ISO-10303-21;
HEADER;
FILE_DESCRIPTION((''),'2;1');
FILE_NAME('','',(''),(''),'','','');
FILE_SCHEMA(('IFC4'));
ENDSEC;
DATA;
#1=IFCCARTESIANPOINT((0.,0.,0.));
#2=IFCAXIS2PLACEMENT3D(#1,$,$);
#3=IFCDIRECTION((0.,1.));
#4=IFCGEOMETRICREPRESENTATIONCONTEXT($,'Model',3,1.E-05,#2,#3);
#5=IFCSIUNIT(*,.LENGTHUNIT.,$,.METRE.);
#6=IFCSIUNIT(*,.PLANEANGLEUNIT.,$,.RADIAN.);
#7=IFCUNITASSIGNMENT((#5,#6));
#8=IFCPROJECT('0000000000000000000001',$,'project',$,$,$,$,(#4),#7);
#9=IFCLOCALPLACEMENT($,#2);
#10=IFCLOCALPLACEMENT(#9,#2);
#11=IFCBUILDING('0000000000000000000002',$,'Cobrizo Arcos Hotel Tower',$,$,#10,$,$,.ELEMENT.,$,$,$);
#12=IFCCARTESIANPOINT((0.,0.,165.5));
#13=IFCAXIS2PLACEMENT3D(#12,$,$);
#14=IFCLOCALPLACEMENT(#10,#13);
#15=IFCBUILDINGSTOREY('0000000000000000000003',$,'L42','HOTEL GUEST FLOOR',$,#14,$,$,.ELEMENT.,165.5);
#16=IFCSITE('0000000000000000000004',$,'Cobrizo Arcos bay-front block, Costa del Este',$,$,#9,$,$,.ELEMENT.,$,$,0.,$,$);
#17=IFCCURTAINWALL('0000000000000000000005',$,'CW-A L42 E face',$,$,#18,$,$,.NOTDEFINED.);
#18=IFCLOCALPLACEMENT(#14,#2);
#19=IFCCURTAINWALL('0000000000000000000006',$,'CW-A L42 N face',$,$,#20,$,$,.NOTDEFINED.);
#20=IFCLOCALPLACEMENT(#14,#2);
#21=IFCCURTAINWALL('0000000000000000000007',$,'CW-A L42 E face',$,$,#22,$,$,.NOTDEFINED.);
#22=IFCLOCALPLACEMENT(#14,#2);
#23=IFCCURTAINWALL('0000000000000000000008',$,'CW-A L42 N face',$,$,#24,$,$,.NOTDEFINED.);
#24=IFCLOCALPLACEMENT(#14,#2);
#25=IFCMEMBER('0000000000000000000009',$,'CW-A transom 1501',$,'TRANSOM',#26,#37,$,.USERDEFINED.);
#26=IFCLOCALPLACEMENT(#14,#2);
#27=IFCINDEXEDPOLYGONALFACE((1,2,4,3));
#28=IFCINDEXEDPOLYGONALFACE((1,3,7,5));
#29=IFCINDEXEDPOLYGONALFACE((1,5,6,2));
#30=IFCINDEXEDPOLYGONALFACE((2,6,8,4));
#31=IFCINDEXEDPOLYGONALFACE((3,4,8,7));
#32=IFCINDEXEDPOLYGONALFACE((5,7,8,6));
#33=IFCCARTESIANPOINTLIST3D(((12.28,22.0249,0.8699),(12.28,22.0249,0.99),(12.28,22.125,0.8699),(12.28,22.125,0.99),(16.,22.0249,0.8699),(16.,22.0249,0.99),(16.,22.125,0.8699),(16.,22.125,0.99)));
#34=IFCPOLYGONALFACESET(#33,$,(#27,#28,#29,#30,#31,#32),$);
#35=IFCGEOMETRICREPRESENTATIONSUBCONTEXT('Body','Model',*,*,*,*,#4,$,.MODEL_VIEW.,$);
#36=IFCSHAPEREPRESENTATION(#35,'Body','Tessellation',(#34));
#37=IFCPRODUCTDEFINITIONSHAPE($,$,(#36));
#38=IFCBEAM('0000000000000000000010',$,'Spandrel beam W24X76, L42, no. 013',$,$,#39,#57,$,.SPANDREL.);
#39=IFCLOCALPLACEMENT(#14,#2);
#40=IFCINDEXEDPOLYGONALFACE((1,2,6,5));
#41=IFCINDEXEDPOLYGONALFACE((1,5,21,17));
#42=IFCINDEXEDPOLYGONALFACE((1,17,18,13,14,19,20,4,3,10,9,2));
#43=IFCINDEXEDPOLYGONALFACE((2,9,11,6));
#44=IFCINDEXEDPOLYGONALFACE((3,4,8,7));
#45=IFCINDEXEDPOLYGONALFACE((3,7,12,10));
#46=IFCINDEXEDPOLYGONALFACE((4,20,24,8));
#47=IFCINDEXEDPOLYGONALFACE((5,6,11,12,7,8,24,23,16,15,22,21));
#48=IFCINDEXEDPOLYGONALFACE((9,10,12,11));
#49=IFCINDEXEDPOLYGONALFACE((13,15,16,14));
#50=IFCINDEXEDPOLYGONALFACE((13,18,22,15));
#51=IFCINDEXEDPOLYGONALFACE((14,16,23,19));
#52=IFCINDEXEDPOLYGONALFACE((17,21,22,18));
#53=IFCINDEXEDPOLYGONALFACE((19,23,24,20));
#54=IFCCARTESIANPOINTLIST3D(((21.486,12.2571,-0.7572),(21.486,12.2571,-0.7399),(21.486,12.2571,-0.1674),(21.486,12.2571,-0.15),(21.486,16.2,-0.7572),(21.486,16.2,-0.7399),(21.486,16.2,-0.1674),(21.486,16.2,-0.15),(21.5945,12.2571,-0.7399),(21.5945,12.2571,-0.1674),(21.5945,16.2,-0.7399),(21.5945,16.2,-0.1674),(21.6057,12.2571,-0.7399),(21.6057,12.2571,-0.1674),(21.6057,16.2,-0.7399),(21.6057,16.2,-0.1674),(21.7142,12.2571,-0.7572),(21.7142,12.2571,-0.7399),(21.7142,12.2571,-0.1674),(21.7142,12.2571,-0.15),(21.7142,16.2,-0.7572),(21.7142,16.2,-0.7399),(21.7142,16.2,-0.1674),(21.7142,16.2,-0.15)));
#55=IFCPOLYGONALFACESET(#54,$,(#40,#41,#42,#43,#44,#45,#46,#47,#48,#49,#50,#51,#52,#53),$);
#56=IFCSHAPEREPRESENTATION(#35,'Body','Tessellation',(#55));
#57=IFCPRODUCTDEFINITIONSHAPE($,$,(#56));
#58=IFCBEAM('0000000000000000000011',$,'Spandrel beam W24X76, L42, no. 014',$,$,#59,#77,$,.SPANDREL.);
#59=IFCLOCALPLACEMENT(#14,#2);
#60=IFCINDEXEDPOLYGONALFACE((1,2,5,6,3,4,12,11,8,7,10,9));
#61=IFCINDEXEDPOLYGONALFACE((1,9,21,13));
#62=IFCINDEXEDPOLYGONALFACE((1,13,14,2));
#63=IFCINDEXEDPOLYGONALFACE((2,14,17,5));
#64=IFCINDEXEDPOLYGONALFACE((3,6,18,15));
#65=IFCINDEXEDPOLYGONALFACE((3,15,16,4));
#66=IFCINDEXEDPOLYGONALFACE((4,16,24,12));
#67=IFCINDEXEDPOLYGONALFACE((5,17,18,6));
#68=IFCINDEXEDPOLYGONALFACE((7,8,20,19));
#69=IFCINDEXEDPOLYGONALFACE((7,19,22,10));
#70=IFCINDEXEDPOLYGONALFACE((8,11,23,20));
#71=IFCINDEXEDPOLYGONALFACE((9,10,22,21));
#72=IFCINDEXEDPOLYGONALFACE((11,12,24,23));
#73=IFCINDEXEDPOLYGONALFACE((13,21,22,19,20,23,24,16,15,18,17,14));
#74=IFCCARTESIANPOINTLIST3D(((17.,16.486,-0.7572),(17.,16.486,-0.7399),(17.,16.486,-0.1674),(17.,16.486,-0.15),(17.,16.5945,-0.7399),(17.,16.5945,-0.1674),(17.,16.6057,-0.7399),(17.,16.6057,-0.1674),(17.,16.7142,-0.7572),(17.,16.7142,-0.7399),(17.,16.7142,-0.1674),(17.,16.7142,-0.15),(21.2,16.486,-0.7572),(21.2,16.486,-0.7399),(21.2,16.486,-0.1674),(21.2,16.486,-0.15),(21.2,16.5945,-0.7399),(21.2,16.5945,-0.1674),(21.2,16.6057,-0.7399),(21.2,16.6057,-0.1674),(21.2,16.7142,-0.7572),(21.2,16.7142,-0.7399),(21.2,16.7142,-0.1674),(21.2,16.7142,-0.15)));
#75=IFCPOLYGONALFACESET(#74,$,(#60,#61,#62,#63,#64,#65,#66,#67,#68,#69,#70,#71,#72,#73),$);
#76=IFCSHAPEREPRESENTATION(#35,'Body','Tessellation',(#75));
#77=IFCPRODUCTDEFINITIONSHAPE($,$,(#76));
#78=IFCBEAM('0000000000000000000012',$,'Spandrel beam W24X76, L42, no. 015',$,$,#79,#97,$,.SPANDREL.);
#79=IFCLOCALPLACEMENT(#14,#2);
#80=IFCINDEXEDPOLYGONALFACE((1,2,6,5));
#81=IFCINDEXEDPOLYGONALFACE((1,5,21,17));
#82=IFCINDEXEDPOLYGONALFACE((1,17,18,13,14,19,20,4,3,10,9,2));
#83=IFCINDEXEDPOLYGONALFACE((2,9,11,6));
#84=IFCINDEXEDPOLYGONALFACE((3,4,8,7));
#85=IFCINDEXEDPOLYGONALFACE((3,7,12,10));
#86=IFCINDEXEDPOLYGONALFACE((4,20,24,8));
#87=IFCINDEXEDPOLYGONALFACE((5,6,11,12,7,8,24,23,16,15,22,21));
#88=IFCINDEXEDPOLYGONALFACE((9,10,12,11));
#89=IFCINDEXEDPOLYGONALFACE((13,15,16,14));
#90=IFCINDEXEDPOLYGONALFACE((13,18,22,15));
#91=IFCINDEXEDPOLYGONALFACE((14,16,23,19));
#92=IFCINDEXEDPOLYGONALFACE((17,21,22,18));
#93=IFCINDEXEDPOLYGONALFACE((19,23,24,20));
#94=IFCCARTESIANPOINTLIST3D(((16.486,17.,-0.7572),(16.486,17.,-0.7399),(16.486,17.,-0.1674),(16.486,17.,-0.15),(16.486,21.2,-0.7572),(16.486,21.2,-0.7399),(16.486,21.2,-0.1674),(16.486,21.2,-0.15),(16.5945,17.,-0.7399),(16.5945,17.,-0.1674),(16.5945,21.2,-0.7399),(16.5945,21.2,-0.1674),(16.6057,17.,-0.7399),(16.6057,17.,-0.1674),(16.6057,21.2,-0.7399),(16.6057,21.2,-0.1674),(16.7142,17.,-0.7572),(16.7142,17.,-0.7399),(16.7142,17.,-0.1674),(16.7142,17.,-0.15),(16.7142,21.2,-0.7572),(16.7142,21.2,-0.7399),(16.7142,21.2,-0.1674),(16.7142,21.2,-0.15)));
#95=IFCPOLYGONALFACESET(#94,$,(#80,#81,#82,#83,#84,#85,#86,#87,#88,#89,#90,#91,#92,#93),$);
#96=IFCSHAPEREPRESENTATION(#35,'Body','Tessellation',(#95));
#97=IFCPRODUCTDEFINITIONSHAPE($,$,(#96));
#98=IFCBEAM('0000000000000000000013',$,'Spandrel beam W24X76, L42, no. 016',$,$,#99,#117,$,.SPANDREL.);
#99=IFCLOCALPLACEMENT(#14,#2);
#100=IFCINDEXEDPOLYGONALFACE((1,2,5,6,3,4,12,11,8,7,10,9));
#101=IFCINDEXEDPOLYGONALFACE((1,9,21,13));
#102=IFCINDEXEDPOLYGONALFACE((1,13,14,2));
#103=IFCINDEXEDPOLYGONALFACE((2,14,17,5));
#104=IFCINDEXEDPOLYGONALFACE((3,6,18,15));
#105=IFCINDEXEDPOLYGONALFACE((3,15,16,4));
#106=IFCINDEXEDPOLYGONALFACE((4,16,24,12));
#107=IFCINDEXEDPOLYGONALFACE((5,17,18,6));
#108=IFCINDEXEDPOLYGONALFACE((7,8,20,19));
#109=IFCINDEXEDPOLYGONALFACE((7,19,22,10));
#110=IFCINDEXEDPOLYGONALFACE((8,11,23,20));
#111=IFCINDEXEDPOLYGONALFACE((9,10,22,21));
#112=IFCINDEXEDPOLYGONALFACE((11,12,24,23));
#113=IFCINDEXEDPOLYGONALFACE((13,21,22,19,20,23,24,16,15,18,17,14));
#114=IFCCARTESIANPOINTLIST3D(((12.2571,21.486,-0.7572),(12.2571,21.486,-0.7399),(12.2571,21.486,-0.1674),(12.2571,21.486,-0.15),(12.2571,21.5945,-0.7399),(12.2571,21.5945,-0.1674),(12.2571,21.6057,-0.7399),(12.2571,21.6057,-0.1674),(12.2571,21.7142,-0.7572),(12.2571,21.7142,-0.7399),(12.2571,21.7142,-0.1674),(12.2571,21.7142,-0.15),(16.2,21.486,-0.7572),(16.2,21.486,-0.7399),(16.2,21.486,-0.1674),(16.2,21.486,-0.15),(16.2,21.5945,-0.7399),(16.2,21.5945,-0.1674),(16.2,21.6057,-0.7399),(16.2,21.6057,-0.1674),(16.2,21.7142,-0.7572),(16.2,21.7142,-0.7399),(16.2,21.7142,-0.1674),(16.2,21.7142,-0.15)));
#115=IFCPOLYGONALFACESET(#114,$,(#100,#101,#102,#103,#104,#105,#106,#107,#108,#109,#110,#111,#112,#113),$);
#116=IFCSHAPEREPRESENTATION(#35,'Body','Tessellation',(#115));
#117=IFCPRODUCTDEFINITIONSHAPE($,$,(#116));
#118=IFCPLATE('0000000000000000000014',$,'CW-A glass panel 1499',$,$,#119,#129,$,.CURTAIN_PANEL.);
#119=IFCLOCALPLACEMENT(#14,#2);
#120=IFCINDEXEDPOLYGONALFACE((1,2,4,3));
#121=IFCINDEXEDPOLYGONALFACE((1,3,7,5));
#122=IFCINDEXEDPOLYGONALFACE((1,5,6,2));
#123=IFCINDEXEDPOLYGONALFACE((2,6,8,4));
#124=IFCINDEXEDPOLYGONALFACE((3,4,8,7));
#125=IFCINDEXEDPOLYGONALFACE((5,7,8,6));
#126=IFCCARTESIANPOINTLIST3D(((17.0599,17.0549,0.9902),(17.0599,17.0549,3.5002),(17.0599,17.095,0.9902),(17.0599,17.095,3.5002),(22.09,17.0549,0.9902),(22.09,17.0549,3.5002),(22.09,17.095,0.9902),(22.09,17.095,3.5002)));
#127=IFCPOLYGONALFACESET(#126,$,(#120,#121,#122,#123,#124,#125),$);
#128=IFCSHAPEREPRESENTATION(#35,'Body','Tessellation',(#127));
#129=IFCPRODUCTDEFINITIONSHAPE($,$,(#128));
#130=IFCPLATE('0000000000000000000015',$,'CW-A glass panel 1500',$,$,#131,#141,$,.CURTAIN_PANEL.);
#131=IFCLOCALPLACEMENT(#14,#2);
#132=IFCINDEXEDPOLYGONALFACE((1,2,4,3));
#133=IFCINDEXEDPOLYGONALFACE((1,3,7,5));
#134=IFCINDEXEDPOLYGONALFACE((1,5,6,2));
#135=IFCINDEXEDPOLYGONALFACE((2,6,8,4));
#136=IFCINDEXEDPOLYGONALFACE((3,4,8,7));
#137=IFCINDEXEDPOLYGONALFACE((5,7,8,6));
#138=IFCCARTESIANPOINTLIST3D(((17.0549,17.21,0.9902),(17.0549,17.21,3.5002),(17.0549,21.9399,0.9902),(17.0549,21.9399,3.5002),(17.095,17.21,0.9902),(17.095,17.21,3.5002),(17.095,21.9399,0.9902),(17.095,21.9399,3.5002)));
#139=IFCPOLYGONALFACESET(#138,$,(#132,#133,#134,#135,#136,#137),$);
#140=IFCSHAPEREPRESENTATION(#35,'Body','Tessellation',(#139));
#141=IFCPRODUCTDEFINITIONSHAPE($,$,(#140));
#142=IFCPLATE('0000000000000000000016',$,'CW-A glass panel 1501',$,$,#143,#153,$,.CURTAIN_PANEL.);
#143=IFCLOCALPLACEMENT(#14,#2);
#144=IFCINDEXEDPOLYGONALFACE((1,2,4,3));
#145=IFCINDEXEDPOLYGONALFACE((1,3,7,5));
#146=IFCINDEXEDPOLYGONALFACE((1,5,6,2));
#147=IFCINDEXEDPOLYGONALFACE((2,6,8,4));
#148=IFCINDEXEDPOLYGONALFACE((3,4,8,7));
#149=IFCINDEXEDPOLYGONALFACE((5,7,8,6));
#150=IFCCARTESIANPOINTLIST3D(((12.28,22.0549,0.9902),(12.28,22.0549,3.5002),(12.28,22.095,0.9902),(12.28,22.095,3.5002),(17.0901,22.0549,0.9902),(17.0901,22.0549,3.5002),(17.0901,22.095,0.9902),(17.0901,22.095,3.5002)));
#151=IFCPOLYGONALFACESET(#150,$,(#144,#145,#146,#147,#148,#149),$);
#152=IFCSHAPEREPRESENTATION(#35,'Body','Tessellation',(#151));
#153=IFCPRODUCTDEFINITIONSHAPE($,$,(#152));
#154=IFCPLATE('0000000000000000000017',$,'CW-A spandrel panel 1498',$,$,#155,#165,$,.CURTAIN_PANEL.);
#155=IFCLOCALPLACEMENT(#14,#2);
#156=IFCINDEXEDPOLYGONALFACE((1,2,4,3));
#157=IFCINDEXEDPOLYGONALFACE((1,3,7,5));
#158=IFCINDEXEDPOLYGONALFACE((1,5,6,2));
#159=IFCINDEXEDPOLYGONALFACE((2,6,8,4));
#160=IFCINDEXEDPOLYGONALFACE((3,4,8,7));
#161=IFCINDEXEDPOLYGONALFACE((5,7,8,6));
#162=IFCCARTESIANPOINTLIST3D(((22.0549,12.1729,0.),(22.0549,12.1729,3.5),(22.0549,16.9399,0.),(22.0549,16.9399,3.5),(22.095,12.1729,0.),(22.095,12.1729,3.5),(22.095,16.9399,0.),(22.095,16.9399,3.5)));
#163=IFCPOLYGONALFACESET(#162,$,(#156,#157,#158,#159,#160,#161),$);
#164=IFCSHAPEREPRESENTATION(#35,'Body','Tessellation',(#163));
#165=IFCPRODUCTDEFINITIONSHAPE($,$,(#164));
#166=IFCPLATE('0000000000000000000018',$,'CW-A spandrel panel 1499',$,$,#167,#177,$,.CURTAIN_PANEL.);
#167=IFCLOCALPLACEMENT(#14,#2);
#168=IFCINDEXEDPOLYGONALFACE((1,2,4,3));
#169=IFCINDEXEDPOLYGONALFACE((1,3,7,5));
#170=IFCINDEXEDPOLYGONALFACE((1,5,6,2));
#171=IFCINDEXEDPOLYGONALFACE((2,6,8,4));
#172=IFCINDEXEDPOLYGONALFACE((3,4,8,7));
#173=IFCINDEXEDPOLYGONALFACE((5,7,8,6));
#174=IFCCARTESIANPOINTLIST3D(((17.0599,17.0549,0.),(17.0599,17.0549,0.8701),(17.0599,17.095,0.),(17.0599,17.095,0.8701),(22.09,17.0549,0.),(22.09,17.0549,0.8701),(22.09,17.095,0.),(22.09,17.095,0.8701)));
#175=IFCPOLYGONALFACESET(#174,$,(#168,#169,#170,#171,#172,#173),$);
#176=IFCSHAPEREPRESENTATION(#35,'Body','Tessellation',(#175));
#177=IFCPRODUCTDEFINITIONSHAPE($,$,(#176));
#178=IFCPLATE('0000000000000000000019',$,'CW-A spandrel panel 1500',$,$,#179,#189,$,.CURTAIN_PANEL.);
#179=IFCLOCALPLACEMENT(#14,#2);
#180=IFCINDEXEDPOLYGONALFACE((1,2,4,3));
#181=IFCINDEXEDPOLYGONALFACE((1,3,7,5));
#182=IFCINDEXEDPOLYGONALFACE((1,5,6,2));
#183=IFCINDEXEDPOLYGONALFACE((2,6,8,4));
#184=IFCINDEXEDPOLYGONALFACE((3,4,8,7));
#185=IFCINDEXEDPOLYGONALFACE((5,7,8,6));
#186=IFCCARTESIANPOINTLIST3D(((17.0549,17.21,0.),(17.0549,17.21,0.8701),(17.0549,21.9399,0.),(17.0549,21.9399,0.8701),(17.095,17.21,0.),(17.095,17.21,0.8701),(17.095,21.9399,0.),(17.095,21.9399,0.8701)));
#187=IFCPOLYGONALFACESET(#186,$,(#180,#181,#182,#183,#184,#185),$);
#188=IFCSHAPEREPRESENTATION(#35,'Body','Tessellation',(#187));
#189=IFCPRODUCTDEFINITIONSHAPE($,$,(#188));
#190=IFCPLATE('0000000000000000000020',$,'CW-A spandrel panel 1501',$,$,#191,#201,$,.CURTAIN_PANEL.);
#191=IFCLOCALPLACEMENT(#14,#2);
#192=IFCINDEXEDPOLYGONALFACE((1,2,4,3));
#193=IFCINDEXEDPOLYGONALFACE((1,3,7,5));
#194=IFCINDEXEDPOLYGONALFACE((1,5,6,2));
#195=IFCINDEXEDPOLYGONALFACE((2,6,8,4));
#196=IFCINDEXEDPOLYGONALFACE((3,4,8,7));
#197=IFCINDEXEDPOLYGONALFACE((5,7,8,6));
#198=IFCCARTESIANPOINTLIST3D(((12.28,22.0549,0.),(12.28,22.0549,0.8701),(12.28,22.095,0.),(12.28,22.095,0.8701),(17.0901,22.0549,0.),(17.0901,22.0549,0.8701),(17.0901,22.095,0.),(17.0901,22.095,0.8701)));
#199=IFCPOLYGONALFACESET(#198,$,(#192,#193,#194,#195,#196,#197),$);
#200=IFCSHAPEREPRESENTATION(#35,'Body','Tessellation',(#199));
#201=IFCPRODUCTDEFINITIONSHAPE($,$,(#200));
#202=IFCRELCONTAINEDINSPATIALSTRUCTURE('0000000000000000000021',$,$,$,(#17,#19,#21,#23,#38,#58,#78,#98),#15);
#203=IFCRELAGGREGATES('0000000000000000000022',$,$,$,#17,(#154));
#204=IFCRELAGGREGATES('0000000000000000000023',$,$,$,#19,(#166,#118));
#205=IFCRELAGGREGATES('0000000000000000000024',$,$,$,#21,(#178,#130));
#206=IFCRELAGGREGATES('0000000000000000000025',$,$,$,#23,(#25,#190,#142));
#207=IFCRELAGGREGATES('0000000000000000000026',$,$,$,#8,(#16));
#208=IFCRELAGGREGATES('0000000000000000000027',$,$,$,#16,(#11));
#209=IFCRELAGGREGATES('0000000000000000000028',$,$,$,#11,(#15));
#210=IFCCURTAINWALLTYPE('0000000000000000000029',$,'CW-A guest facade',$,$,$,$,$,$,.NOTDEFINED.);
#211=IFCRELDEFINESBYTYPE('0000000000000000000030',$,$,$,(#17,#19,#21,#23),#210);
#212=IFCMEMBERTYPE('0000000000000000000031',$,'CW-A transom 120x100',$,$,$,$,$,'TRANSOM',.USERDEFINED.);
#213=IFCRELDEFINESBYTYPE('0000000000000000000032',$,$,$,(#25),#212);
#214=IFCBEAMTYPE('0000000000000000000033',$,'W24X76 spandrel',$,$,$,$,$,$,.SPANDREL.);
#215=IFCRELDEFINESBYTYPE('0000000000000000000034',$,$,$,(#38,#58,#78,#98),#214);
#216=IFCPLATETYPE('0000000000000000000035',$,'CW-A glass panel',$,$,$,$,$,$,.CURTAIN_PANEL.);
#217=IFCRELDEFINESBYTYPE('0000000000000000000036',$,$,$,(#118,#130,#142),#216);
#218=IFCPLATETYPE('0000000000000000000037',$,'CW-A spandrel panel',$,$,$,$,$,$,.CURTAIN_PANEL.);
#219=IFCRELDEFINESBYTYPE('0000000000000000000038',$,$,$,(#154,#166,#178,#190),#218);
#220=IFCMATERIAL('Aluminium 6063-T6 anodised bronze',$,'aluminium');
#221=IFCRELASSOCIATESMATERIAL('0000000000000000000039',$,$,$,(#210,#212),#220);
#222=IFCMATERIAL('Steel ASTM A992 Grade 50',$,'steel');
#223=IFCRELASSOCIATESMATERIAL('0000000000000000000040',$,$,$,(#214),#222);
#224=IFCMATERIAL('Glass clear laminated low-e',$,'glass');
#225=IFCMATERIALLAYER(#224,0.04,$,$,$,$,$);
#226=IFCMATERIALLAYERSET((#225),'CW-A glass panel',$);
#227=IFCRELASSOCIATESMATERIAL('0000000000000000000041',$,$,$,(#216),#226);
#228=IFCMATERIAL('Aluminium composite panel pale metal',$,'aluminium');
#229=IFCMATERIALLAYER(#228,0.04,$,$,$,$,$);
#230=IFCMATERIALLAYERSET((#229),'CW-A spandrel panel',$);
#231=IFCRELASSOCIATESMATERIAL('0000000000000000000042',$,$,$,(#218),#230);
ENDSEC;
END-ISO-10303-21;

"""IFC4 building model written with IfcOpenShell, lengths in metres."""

from ifc_helpers import new_model, si_unit, direction, frame, origin, origin_2d, place, context, subcontext, project, spatial, rectangle, i_section, extrude, material, layer, layer_set, material_profile, profile_set, type_object, element, aggregate, save


model = new_model("IFC4")

# Units and contexts
model_context = context("Model", 3, precision=1e-05, world=origin(), true_north=direction((0.0, 1.0)))
body_context = subcontext(model_context, "Body", "Model", "MODEL_VIEW")
ifc_project = project(units=[si_unit("LENGTHUNIT", "METRE"), si_unit("PLANEANGLEUNIT", "RADIAN")], contexts=[model_context])

# Site, building, storey
site_placement = place(None, origin())
site = spatial("IfcSite", under=ifc_project, at=site_placement, Name="Cobrizo Arcos bay-front block, Costa del Este", CompositionType="ELEMENT", RefElevation=0.0)
building_placement = place(site_placement, origin())
building = spatial("IfcBuilding", under=site, at=building_placement, Name="Cobrizo Arcos Hotel Tower", CompositionType="ELEMENT")
storey_placement = place(building_placement, frame((0.0, 0.0, 165.5)))
storey = spatial("IfcBuildingStorey", under=building, at=storey_placement, Name="L42", Description="HOTEL GUEST FLOOR", CompositionType="ELEMENT", Elevation=165.5)

# Curtain wall
ifc_material_1 = material(Name="Aluminium 6063-T6 anodised bronze", Category="aluminium")
curtain_wall_type = type_object("IfcCurtainWallType", Name="CW-A guest facade", PredefinedType="NOTDEFINED", material=ifc_material_1)
curtain_wall_1_placement = place(storey_placement, origin())
curtain_wall_1 = element("IfcCurtainWall", 1, at=curtain_wall_1_placement, inside=storey, type_object=curtain_wall_type, Name="CW-A L42 E face", PredefinedType="NOTDEFINED")

# Curtain walls
curtain_wall_2_placement = place(storey_placement, origin())
curtain_wall_2 = element("IfcCurtainWall", 2, at=curtain_wall_2_placement, inside=storey, type_object=curtain_wall_type, Name="CW-A L42 N face", PredefinedType="NOTDEFINED")
curtain_wall_3_placement = place(storey_placement, origin())
curtain_wall_3 = element("IfcCurtainWall", 3, at=curtain_wall_3_placement, inside=storey, type_object=curtain_wall_type, Name="CW-A L42 E face", PredefinedType="NOTDEFINED")

# Curtain wall
curtain_wall_4_placement = place(storey_placement, origin())
curtain_wall_4 = element("IfcCurtainWall", 4, at=curtain_wall_4_placement, inside=storey, type_object=curtain_wall_type, Name="CW-A L42 N face", PredefinedType="NOTDEFINED")

# Member
ifc_material_profile_1 = material_profile(ifc_material_1, rectangle(XDim=0.1001, YDim=0.1201, at=origin_2d()), Name="CW-A transom 120x100")
ifc_profile_set_1 = profile_set([ifc_material_profile_1], Name="Aluminium 6063-T6 anodised bronze")
member_type_1 = type_object("IfcMemberType", Name="CW-A transom 120x100", ElementType="TRANSOM", PredefinedType="USERDEFINED", material=ifc_profile_set_1)
member_1_placement = place(storey_placement, frame((16.0, 22.075, 0.9299), z_axis=(-1.0, 0.0, 0.0), x_axis=(0.0, -1.0, 0.0)))
member_1 = element("IfcMember", 5, at=member_1_placement, type_object=member_type_1, Name="CW-A transom 1501", ObjectType="TRANSOM", PredefinedType="USERDEFINED", context=body_context, shape_type="SweptSolid", body=[
    extrude(rectangle(XDim=0.1001, YDim=0.1201, at=origin_2d()), origin(), (0.0, 0.0, 1.0), 3.72),
])

# Beams
ifc_material_2 = material(Name="Steel ASTM A992 Grade 50", Category="steel")
ifc_material_profile_2 = material_profile(ifc_material_2, i_section(OverallWidth=0.2283, OverallDepth=0.6072, WebThickness=0.0112, FlangeThickness=0.0173, at=origin_2d()), Name="W24X76")
ifc_profile_set_2 = profile_set([ifc_material_profile_2], Name="Steel ASTM A992 Grade 50")
beam_type_1 = type_object("IfcBeamType", Name="W24X76 spandrel", PredefinedType="SPANDREL", material=ifc_profile_set_2)
beam_1_placement = place(storey_placement, frame((21.6001, 12.2571, -0.4536), z_axis=(0.0, 1.0, 0.0), x_axis=(-1.0, 0.0, 0.0)))
element("IfcBeam", 6, at=beam_1_placement, inside=storey, type_object=beam_type_1, Name="Spandrel beam W24X76, L42, no. 013", PredefinedType="SPANDREL", context=body_context, shape_type="SweptSolid", body=[
    extrude(i_section(OverallWidth=0.2283, OverallDepth=0.6072, WebThickness=0.0112, FlangeThickness=0.0173, at=origin_2d()), origin(), (0.0, 0.0, 1.0), 3.9429),
])
for number, where, z_axis, x_axis, name in (
    (7, (21.2, 16.6001, -0.4536), (-1.0, 0.0, 0.0), (0.0, -1.0, 0.0), "Spandrel beam W24X76, L42, no. 014"),
    (8, (16.6001, 17.0, -0.4536), (0.0, 1.0, 0.0), (-1.0, 0.0, 0.0), "Spandrel beam W24X76, L42, no. 015"),
):
    element("IfcBeam", number, at=place(storey_placement, frame(where, z_axis=z_axis, x_axis=x_axis)), inside=storey, type_object=beam_type_1, Name=name, PredefinedType="SPANDREL", context=body_context, shape_type="SweptSolid", body=[
        extrude(i_section(OverallWidth=0.2283, OverallDepth=0.6072, WebThickness=0.0112, FlangeThickness=0.0173, at=origin_2d()), origin(), (0.0, 0.0, 1.0), 4.2),
    ])
beam_2_placement = place(storey_placement, frame((16.2, 21.6001, -0.4536), z_axis=(-1.0, 0.0, 0.0), x_axis=(0.0, -1.0, 0.0)))
element("IfcBeam", 9, at=beam_2_placement, inside=storey, type_object=beam_type_1, Name="Spandrel beam W24X76, L42, no. 016", PredefinedType="SPANDREL", context=body_context, shape_type="SweptSolid", body=[
    extrude(i_section(OverallWidth=0.2283, OverallDepth=0.6072, WebThickness=0.0112, FlangeThickness=0.0173, at=origin_2d()), origin(), (0.0, 0.0, 1.0), 3.9429),
])

# Plates
ifc_material_3 = material(Name="Glass clear laminated low-e", Category="glass")
ifc_layer_1 = layer(ifc_material_3, 0.04)
ifc_layer_set_1 = layer_set([ifc_layer_1], Name="CW-A glass panel")
plate_type_1 = type_object("IfcPlateType", Name="CW-A glass panel", PredefinedType="CURTAIN_PANEL", material=ifc_layer_set_1)
plate_1_placement = place(storey_placement, frame((19.575, 17.075, 0.9902), z_axis=(0.0, 0.0, 1.0), x_axis=(-1.0, 0.0, 0.0)))
plate_1 = element("IfcPlate", 10, at=plate_1_placement, type_object=plate_type_1, Name="CW-A glass panel 1499", PredefinedType="CURTAIN_PANEL", context=body_context, shape_type="SweptSolid", body=[
    extrude(rectangle(XDim=5.03, YDim=0.04, at=origin_2d()), origin(), (0.0, 0.0, 1.0), 2.51),
])
plate_2_placement = place(storey_placement, frame((17.075, 19.575, 0.9902), z_axis=(0.0, 0.0, 1.0), x_axis=(0.0, 1.0, 0.0)))
plate_2 = element("IfcPlate", 11, at=plate_2_placement, type_object=plate_type_1, Name="CW-A glass panel 1500", PredefinedType="CURTAIN_PANEL", context=body_context, shape_type="SweptSolid", body=[
    extrude(rectangle(XDim=4.73, YDim=0.04, at=origin_2d()), origin(), (0.0, 0.0, 1.0), 2.51),
])
plate_3_placement = place(storey_placement, frame((14.6851, 22.075, 0.9902), z_axis=(0.0, 0.0, 1.0), x_axis=(-1.0, 0.0, 0.0)))
plate_3 = element("IfcPlate", 12, at=plate_3_placement, type_object=plate_type_1, Name="CW-A glass panel 1501", PredefinedType="CURTAIN_PANEL", context=body_context, shape_type="SweptSolid", body=[
    extrude(rectangle(XDim=4.8101, YDim=0.04, at=origin_2d()), origin(), (0.0, 0.0, 1.0), 2.51),
])
ifc_material_4 = material(Name="Aluminium composite panel pale metal", Category="aluminium")
ifc_layer_2 = layer(ifc_material_4, 0.04)
ifc_layer_set_2 = layer_set([ifc_layer_2], Name="CW-A spandrel panel")
plate_type_2 = type_object("IfcPlateType", Name="CW-A spandrel panel", PredefinedType="CURTAIN_PANEL", material=ifc_layer_set_2)
plate_4_placement = place(storey_placement, frame((22.075, 14.5564, 0.0), z_axis=(0.0, 0.0, 1.0), x_axis=(0.0, 1.0, 0.0)))
plate_4 = element("IfcPlate", 13, at=plate_4_placement, type_object=plate_type_2, Name="CW-A spandrel panel 1498", PredefinedType="CURTAIN_PANEL", context=body_context, shape_type="SweptSolid", body=[
    extrude(rectangle(XDim=4.7671, YDim=0.04, at=origin_2d()), origin(), (0.0, 0.0, 1.0), 3.5),
])
aggregate(curtain_wall_1, [plate_4])
plate_5_placement = place(storey_placement, frame((19.575, 17.075, 0.0), z_axis=(0.0, 0.0, 1.0), x_axis=(-1.0, 0.0, 0.0)))
plate_5 = element("IfcPlate", 14, at=plate_5_placement, type_object=plate_type_2, Name="CW-A spandrel panel 1499", PredefinedType="CURTAIN_PANEL", context=body_context, shape_type="SweptSolid", body=[
    extrude(rectangle(XDim=5.03, YDim=0.04, at=origin_2d()), origin(), (0.0, 0.0, 1.0), 0.8701),
])
aggregate(curtain_wall_2, [plate_5, plate_1])
plate_6_placement = place(storey_placement, frame((17.075, 19.575, 0.0), z_axis=(0.0, 0.0, 1.0), x_axis=(0.0, 1.0, 0.0)))
plate_6 = element("IfcPlate", 15, at=plate_6_placement, type_object=plate_type_2, Name="CW-A spandrel panel 1500", PredefinedType="CURTAIN_PANEL", context=body_context, shape_type="SweptSolid", body=[
    extrude(rectangle(XDim=4.73, YDim=0.04, at=origin_2d()), origin(), (0.0, 0.0, 1.0), 0.8701),
])
aggregate(curtain_wall_3, [plate_6, plate_2])
plate_7_placement = place(storey_placement, frame((14.6851, 22.075, 0.0), z_axis=(0.0, 0.0, 1.0), x_axis=(-1.0, 0.0, 0.0)))
plate_7 = element("IfcPlate", 16, at=plate_7_placement, type_object=plate_type_2, Name="CW-A spandrel panel 1501", PredefinedType="CURTAIN_PANEL", context=body_context, shape_type="SweptSolid", body=[
    extrude(rectangle(XDim=4.8101, YDim=0.04, at=origin_2d()), origin(), (0.0, 0.0, 1.0), 0.8701),
])
aggregate(curtain_wall_4, [member_1, plate_7, plate_3])

save(model, "model.ifc")
